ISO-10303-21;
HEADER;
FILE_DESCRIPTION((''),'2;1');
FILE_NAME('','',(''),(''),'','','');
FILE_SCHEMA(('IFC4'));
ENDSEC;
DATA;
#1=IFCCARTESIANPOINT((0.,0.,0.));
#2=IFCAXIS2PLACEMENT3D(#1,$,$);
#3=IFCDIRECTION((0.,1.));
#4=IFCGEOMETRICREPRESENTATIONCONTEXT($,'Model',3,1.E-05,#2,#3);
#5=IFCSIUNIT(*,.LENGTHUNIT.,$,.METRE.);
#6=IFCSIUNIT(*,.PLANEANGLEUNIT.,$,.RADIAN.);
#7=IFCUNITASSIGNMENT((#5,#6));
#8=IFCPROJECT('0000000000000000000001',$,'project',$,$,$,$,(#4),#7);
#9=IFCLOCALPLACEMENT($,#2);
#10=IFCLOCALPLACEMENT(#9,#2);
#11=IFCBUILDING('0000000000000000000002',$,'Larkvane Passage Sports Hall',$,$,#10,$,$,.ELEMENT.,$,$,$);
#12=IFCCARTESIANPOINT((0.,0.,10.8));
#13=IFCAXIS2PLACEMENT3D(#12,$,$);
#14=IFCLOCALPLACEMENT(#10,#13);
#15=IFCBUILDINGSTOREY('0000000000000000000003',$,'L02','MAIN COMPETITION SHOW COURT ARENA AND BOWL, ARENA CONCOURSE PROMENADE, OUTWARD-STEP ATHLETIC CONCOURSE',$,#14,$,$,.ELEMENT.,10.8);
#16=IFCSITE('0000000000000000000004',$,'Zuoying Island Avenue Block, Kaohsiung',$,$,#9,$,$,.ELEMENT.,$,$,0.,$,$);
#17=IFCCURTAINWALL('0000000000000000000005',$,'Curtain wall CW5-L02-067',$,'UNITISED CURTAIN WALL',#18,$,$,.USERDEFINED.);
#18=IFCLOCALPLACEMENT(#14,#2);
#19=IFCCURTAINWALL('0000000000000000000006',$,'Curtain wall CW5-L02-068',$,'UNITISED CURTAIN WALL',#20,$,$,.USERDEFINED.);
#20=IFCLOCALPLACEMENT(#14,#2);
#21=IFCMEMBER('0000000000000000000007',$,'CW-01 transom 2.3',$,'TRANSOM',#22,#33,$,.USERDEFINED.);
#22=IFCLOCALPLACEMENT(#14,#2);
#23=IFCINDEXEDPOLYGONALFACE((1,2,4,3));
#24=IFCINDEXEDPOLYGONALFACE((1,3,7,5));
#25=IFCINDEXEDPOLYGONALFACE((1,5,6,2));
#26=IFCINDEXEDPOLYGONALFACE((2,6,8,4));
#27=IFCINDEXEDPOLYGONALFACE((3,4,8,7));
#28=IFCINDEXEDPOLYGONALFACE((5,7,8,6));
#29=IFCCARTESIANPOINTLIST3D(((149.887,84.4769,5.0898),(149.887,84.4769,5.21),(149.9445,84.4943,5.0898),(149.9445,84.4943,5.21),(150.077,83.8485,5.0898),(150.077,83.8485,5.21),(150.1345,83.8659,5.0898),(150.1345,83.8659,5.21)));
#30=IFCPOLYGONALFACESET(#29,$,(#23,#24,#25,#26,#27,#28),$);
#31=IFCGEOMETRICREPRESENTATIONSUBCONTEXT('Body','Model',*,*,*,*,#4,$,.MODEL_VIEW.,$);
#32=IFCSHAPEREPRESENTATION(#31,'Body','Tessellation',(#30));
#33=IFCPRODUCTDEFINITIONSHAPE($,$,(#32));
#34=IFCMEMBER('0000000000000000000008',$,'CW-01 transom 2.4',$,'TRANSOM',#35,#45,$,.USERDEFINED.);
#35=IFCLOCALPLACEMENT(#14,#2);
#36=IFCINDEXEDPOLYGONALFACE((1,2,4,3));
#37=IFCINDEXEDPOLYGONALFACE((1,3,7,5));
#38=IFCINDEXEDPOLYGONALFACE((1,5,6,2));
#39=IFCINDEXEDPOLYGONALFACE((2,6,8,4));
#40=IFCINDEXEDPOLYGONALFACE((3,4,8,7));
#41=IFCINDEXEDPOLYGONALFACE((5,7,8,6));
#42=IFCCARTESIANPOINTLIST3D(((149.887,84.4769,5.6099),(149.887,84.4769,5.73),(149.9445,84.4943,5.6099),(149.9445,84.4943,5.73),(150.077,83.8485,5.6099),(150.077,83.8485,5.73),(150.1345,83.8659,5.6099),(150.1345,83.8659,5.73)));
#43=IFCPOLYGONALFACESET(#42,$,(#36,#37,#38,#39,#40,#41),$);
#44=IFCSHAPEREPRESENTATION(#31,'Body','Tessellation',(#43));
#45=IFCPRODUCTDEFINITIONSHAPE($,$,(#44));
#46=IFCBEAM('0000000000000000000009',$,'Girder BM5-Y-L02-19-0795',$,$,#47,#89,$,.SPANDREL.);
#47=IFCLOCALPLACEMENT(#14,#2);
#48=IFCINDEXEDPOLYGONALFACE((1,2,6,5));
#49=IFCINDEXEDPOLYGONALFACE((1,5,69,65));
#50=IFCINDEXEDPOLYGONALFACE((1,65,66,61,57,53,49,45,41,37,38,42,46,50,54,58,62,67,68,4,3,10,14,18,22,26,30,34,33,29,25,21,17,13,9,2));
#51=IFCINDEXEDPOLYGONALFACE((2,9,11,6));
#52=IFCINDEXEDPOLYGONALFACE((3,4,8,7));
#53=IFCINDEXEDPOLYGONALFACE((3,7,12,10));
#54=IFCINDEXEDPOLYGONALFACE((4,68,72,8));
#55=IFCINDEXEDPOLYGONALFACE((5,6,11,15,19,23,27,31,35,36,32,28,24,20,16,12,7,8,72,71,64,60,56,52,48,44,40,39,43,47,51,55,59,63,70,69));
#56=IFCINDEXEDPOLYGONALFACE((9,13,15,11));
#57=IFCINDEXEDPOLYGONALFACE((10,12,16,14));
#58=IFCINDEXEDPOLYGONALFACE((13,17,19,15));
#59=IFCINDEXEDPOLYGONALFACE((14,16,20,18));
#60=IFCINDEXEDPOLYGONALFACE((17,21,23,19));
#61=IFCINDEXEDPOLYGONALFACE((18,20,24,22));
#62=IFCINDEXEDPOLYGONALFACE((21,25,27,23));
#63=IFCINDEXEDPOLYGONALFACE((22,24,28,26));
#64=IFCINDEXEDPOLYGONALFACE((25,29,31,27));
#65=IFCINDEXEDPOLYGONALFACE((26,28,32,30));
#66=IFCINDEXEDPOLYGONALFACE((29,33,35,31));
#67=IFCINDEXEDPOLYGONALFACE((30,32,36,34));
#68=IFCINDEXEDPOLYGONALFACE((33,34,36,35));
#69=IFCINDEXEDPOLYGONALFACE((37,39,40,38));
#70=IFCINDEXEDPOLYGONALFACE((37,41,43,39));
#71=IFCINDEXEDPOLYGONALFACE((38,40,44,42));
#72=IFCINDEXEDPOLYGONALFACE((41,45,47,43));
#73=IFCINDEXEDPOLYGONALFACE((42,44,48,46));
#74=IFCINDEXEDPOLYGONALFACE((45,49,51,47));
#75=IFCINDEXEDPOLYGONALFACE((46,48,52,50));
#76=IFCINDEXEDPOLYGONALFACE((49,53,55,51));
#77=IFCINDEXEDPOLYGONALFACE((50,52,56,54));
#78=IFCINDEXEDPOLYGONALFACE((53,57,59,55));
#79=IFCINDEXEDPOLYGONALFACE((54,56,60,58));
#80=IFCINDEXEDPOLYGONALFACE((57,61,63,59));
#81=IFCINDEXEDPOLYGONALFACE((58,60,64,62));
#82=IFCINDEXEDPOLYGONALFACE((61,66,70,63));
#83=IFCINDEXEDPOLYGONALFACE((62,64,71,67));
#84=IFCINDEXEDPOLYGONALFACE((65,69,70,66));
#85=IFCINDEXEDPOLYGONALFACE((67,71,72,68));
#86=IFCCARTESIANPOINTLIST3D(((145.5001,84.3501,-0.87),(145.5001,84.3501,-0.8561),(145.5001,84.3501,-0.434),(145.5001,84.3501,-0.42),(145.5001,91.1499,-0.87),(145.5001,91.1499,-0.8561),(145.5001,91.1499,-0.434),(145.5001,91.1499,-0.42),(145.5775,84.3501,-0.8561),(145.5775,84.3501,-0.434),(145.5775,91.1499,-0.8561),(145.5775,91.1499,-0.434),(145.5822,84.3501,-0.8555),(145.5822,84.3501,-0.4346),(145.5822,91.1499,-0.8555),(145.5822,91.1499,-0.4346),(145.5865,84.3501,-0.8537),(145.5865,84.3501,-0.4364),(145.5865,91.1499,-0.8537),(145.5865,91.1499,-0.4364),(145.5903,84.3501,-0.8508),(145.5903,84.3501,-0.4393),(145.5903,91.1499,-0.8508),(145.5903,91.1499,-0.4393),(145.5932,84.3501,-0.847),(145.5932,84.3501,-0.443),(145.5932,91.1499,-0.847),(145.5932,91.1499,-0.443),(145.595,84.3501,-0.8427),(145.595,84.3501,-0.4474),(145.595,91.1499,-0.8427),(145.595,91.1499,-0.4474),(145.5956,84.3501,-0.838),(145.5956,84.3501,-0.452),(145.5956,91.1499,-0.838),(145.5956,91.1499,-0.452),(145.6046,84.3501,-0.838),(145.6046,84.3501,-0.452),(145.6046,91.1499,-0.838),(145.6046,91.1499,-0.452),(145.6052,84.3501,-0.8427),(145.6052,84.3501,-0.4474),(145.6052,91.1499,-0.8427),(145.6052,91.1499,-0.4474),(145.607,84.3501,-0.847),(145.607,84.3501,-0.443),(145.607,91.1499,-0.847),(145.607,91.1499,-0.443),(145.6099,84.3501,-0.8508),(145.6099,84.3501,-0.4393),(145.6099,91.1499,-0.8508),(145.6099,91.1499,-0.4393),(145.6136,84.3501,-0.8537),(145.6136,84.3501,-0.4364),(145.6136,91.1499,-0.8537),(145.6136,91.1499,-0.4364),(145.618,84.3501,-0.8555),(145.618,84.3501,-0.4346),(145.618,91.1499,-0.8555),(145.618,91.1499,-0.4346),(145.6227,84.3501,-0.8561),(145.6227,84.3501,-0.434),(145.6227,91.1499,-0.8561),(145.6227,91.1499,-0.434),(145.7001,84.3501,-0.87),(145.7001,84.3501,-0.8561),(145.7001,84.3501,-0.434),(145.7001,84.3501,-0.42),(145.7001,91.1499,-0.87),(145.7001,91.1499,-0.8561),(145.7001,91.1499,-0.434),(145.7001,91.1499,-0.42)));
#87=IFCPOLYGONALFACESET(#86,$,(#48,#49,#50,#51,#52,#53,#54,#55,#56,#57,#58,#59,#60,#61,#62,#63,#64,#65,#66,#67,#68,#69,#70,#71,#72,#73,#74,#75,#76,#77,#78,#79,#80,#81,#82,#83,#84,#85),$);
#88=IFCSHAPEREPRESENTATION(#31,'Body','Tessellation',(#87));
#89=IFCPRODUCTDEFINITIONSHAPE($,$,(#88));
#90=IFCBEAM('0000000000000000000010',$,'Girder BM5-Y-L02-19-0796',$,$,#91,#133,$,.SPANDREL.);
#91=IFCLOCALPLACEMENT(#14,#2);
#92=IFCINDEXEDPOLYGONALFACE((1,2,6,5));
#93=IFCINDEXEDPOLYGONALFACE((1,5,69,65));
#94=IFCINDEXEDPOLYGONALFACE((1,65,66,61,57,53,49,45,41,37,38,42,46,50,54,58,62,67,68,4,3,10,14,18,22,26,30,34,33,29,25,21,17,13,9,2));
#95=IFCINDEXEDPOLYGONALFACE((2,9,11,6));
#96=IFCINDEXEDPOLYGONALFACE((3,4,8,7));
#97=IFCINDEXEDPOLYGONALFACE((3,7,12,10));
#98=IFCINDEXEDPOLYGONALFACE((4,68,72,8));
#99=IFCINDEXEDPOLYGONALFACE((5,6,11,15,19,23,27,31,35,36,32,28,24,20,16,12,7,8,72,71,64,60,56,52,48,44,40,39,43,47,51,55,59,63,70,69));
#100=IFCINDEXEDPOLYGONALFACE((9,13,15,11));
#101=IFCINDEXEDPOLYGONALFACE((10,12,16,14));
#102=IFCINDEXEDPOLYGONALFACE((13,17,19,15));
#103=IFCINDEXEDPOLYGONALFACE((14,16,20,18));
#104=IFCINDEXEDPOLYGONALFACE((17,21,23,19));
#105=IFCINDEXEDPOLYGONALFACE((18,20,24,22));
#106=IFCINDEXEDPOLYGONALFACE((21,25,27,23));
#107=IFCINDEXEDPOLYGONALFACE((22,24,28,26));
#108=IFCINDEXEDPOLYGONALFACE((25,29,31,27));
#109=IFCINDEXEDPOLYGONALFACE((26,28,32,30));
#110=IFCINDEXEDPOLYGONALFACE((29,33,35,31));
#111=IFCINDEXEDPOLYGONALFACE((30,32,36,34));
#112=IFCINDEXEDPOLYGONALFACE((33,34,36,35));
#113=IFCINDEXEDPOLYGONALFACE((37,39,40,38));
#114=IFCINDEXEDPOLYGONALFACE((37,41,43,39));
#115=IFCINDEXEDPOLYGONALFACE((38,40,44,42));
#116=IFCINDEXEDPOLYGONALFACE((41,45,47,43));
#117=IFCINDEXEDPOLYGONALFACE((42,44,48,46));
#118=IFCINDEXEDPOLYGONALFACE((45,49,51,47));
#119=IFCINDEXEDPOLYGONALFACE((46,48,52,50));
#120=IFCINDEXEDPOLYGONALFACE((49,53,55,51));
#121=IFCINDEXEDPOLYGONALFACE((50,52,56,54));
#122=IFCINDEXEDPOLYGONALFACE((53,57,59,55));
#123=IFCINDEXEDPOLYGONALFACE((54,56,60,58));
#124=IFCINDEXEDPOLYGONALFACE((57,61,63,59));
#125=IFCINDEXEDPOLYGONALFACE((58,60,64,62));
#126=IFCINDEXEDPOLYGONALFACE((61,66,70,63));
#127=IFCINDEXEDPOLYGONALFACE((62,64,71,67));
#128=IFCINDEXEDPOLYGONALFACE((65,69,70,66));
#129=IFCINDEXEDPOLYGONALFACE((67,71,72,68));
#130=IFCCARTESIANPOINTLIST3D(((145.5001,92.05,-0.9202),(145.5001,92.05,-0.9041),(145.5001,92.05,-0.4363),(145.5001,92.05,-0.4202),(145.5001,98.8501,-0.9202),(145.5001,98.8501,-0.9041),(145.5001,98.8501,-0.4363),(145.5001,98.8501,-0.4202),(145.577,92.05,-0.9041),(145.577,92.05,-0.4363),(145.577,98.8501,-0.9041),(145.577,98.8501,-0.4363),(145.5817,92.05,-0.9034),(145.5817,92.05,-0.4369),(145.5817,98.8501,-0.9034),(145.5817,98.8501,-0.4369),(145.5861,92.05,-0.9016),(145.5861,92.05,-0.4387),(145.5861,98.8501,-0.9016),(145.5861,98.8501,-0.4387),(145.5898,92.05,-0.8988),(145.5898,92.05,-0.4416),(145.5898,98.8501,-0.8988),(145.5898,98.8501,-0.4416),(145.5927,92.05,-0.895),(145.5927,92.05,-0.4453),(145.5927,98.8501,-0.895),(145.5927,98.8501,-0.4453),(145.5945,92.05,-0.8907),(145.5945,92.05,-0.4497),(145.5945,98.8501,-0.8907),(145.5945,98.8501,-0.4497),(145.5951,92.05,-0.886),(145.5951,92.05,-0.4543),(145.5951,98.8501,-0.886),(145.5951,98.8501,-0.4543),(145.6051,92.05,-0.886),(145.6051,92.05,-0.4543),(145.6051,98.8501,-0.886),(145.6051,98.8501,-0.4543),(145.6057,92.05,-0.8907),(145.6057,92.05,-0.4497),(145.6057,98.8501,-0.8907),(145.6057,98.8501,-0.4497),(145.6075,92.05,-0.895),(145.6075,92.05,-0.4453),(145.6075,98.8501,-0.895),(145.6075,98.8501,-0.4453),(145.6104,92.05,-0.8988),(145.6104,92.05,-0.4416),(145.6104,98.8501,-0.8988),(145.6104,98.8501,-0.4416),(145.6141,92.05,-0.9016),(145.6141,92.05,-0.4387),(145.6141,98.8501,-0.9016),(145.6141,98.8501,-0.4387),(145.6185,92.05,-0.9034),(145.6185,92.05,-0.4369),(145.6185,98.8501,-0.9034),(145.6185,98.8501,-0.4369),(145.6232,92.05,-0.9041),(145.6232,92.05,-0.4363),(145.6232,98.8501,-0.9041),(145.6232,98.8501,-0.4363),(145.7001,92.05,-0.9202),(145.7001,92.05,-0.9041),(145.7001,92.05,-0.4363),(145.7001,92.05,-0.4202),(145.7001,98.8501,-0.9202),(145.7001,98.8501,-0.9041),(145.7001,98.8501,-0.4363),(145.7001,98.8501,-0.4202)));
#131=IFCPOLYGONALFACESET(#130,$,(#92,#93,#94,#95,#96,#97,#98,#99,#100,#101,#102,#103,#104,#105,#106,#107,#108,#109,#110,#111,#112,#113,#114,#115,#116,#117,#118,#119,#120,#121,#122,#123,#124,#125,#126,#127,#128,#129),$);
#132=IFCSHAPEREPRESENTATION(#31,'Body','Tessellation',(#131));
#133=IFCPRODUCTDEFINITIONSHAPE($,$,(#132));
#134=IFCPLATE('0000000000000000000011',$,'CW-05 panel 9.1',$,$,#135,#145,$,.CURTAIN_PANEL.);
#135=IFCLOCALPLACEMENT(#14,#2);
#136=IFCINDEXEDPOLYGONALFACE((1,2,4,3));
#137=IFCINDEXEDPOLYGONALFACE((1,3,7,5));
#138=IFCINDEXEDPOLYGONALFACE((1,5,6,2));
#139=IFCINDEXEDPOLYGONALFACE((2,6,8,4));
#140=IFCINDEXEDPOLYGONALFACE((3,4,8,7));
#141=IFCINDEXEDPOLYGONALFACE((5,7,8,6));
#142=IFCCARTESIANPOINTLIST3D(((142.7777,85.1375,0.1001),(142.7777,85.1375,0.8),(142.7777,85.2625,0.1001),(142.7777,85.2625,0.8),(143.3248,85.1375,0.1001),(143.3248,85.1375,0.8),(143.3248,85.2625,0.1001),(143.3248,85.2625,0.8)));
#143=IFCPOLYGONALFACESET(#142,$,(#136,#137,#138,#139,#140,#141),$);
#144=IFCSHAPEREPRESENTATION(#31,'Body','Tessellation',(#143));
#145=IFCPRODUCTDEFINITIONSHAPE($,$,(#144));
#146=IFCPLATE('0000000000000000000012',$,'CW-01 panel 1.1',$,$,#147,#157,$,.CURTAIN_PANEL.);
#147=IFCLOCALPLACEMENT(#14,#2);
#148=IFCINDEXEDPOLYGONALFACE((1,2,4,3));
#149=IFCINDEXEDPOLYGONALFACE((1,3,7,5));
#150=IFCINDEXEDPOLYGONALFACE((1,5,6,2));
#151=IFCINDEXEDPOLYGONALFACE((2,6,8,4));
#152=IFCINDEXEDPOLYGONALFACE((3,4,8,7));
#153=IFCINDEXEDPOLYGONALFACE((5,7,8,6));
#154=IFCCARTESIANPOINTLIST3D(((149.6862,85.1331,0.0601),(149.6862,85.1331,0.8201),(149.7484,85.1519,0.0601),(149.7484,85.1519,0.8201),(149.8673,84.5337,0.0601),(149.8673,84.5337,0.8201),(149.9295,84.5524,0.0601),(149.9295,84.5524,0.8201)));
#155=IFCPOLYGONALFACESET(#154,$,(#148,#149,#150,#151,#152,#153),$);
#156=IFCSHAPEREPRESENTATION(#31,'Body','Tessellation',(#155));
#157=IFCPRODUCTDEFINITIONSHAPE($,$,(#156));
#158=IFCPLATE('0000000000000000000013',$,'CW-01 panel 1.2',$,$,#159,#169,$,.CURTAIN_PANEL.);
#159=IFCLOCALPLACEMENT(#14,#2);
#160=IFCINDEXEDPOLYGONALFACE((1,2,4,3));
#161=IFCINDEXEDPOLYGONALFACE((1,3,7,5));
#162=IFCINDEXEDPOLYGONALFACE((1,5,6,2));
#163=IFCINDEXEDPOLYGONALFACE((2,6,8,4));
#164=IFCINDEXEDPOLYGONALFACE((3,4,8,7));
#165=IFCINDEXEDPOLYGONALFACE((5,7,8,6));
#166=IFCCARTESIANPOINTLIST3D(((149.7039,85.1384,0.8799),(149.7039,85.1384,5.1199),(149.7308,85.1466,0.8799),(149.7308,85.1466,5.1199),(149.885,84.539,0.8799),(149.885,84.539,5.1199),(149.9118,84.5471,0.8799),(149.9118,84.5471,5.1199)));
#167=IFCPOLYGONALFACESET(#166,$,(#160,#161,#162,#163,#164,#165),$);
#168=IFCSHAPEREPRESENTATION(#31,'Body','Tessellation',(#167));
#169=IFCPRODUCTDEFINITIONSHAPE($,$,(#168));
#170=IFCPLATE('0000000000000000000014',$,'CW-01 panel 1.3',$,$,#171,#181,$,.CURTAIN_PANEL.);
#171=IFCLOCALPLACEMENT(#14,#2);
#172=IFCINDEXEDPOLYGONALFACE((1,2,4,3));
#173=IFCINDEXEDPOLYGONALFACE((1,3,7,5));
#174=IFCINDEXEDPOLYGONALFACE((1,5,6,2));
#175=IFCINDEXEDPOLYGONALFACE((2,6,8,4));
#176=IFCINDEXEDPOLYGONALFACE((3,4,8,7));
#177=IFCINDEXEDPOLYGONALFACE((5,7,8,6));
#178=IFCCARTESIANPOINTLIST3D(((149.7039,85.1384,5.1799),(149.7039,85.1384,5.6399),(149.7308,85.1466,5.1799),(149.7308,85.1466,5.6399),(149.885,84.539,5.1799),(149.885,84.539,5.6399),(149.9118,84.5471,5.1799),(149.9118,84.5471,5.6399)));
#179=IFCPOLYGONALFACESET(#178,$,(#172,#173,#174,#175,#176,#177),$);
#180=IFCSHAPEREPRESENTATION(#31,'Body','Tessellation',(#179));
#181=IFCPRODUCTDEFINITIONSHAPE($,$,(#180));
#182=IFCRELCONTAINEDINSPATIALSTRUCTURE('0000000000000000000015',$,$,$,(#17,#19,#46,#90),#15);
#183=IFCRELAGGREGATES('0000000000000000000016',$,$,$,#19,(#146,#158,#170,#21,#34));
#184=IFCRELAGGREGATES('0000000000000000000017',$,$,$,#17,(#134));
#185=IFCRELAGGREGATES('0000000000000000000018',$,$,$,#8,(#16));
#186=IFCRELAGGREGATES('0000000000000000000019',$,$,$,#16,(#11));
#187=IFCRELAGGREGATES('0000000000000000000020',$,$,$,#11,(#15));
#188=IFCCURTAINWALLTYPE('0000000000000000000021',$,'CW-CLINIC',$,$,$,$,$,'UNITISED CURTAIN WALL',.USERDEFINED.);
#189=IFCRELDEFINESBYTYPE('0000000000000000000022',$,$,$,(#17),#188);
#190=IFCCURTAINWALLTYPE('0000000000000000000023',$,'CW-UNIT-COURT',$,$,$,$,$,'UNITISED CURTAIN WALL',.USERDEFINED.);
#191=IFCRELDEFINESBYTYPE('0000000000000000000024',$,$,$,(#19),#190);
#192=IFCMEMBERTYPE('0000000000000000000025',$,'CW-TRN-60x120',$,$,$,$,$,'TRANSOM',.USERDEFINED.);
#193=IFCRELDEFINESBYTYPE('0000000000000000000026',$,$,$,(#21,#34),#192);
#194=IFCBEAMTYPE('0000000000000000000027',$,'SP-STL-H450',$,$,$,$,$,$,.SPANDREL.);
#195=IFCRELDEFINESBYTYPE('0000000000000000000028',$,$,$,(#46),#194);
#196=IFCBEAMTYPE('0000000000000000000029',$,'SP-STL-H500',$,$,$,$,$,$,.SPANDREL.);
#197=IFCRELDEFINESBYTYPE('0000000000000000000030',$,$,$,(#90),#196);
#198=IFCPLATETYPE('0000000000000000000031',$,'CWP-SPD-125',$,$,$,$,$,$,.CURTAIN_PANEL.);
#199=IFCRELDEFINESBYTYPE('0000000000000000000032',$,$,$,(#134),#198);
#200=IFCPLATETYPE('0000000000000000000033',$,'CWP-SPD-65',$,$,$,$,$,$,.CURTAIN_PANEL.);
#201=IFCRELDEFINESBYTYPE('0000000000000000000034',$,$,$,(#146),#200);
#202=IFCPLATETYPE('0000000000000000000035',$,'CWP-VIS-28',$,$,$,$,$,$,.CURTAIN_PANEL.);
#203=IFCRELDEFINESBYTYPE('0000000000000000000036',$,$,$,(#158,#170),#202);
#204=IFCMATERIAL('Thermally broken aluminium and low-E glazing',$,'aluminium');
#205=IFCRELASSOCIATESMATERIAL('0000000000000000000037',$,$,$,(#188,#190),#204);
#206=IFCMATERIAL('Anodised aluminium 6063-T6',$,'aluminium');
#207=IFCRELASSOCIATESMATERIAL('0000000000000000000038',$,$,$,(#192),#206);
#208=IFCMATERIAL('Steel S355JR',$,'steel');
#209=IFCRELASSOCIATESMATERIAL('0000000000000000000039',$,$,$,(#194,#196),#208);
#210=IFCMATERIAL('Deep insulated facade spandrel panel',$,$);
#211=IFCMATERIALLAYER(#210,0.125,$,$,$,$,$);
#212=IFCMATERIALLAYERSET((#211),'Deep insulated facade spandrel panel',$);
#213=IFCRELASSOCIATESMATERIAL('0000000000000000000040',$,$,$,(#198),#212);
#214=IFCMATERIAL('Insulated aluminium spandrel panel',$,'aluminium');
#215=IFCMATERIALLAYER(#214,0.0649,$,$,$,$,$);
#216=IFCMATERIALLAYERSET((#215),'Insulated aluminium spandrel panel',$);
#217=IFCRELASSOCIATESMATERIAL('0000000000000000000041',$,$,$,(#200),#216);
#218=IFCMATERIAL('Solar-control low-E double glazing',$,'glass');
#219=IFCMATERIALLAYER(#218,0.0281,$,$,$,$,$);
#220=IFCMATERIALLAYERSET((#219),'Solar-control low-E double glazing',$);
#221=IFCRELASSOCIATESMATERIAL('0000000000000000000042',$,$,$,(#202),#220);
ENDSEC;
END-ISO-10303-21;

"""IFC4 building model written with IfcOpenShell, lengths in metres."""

from ifc_helpers import new_model, si_unit, direction, frame, origin, origin_2d, place, context, subcontext, project, spatial, rectangle, i_section, extrude, material, layer, layer_set, material_profile, profile_set, type_object, element, aggregate, save


model = new_model("IFC4")

# Units and contexts
model_context = context("Model", 3, precision=1e-05, world=origin(), true_north=direction((0.0, 1.0)))
body_context = subcontext(model_context, "Body", "Model", "MODEL_VIEW")
ifc_project = project(units=[si_unit("LENGTHUNIT", "METRE"), si_unit("PLANEANGLEUNIT", "RADIAN")], contexts=[model_context])

# Site, building, storey
site_placement = place(None, origin())
site = spatial("IfcSite", under=ifc_project, at=site_placement, Name="Zuoying Island Avenue Block, Kaohsiung", CompositionType="ELEMENT", RefElevation=0.0)
building_placement = place(site_placement, origin())
building = spatial("IfcBuilding", under=site, at=building_placement, Name="Larkvane Passage Sports Hall", CompositionType="ELEMENT")
storey_placement = place(building_placement, frame((0.0, 0.0, 10.8)))
storey = spatial("IfcBuildingStorey", under=building, at=storey_placement, Name="L02", Description="MAIN COMPETITION SHOW COURT ARENA AND BOWL, ARENA CONCOURSE PROMENADE, OUTWARD-STEP ATHLETIC CONCOURSE", CompositionType="ELEMENT", Elevation=10.8)

# Curtain walls
ifc_material_1 = material(Name="Thermally broken aluminium and low-E glazing", Category="aluminium")
curtain_wall_type_1 = type_object("IfcCurtainWallType", Name="CW-CLINIC", ElementType="UNITISED CURTAIN WALL", PredefinedType="USERDEFINED", material=ifc_material_1)
curtain_wall_1_placement = place(storey_placement, origin())
curtain_wall_1 = element("IfcCurtainWall", 1, at=curtain_wall_1_placement, inside=storey, type_object=curtain_wall_type_1, Name="Curtain wall CW5-L02-067", ObjectType="UNITISED CURTAIN WALL", PredefinedType="USERDEFINED")
ifc_material_2 = material(Name="Anodised aluminium 6063-T6", Category="aluminium")
curtain_wall_type_2 = type_object("IfcCurtainWallType", Name="CW-UNIT-COURT", ElementType="UNITISED CURTAIN WALL", PredefinedType="USERDEFINED", material=ifc_material_1)
curtain_wall_2_placement = place(storey_placement, origin())
curtain_wall_2 = element("IfcCurtainWall", 2, at=curtain_wall_2_placement, inside=storey, type_object=curtain_wall_type_2, Name="Curtain wall CW5-L02-068", ObjectType="UNITISED CURTAIN WALL", PredefinedType="USERDEFINED")

# Members
ifc_material_profile_1 = material_profile(ifc_material_2, rectangle(XDim=0.0601, YDim=0.1201, at=origin_2d()), Name="ALU-TRN-60x120")
ifc_profile_set_1 = profile_set([ifc_material_profile_1], Name="Anodised aluminium 6063-T6")
member_type_1 = type_object("IfcMemberType", Name="CW-TRN-60x120", ElementType="TRANSOM", PredefinedType="USERDEFINED", material=ifc_profile_set_1)
member_1_placement = place(storey_placement, frame((149.9158, 84.4856, 5.1499), z_axis=(0.289326, -0.957231, 0.0), x_axis=(0.957231, 0.289326, 0.0)))
member_1 = element("IfcMember", 3, at=member_1_placement, type_object=member_type_1, Name="CW-01 transom 2.3", ObjectType="TRANSOM", PredefinedType="USERDEFINED", context=body_context, shape_type="SweptSolid", body=[
    extrude(rectangle(XDim=0.0601, YDim=0.1201, at=origin_2d()), origin(), (0.0, 0.0, 1.0), 0.6565),
])
member_2_placement = place(storey_placement, frame((149.9158, 84.4856, 5.6699), z_axis=(0.289326, -0.957231, 0.0), x_axis=(0.957231, 0.289326, 0.0)))
member_2 = element("IfcMember", 4, at=member_2_placement, type_object=member_type_1, Name="CW-01 transom 2.4", ObjectType="TRANSOM", PredefinedType="USERDEFINED", context=body_context, shape_type="SweptSolid", body=[
    extrude(rectangle(XDim=0.0601, YDim=0.1201, at=origin_2d()), origin(), (0.0, 0.0, 1.0), 0.6565),
])

# Beams
ifc_material_3 = material(Name="Steel S355JR", Category="steel")
ifc_material_profile_2 = material_profile(ifc_material_3, i_section(OverallWidth=0.2, OverallDepth=0.45, WebThickness=0.009, FlangeThickness=0.0139, FilletRadius=0.0181, at=origin_2d()), Name="H-450x200x9x14")
ifc_profile_set_2 = profile_set([ifc_material_profile_2], Name="Steel S355JR")
beam_type_1 = type_object("IfcBeamType", Name="SP-STL-H450", PredefinedType="SPANDREL", material=ifc_profile_set_2)
beam_1_placement = place(storey_placement, frame((145.6001, 84.3501, -0.645), z_axis=(0.0, 1.0, 0.0), x_axis=(-1.0, 0.0, 0.0)))
element("IfcBeam", 5, at=beam_1_placement, inside=storey, type_object=beam_type_1, Name="Girder BM5-Y-L02-19-0795", PredefinedType="SPANDREL", context=body_context, shape_type="SweptSolid", body=[
    extrude(i_section(OverallWidth=0.2, OverallDepth=0.45, WebThickness=0.009, FlangeThickness=0.0139, FilletRadius=0.0181, at=origin_2d()), origin(), (0.0, 0.0, 1.0), 6.7998),
])
ifc_material_profile_3 = material_profile(ifc_material_3, i_section(OverallWidth=0.2, OverallDepth=0.5, WebThickness=0.01, FlangeThickness=0.0161, FilletRadius=0.0181, at=origin_2d()), Name="H-500x200x10x16")
ifc_profile_set_3 = profile_set([ifc_material_profile_3], Name="Steel S355JR")
beam_type_2 = type_object("IfcBeamType", Name="SP-STL-H500", PredefinedType="SPANDREL", material=ifc_profile_set_3)
beam_2_placement = place(storey_placement, frame((145.6001, 92.05, -0.6702), z_axis=(0.0, 1.0, 0.0), x_axis=(-1.0, 0.0, 0.0)))
element("IfcBeam", 6, at=beam_2_placement, inside=storey, type_object=beam_type_2, Name="Girder BM5-Y-L02-19-0796", PredefinedType="SPANDREL", context=body_context, shape_type="SweptSolid", body=[
    extrude(i_section(OverallWidth=0.2, OverallDepth=0.5, WebThickness=0.01, FlangeThickness=0.0161, FilletRadius=0.0181, at=origin_2d()), origin(), (0.0, 0.0, 1.0), 6.8),
])

# Plates
ifc_material_4 = material(Name="Deep insulated facade spandrel panel")
ifc_layer_1 = layer(ifc_material_4, 0.125)
ifc_layer_set_1 = layer_set([ifc_layer_1], Name="Deep insulated facade spandrel panel")
plate_type_1 = type_object("IfcPlateType", Name="CWP-SPD-125", PredefinedType="CURTAIN_PANEL", material=ifc_layer_set_1)
plate_1_placement = place(storey_placement, frame((143.0513, 85.2, 0.1001), z_axis=(0.0, 0.0, 1.0), x_axis=(1.0, 0.0, 0.0)))
plate_1 = element("IfcPlate", 7, at=plate_1_placement, type_object=plate_type_1, Name="CW-05 panel 9.1", PredefinedType="CURTAIN_PANEL", context=body_context, shape_type="SweptSolid", body=[
    extrude(rectangle(XDim=0.5471, YDim=0.125, at=origin_2d()), origin(), (0.0, 0.0, 1.0), 0.7),
])
ifc_material_5 = material(Name="Insulated aluminium spandrel panel", Category="aluminium")
ifc_layer_2 = layer(ifc_material_5, 0.0649)
ifc_layer_set_2 = layer_set([ifc_layer_2], Name="Insulated aluminium spandrel panel")
plate_type_2 = type_object("IfcPlateType", Name="CWP-SPD-65", PredefinedType="CURTAIN_PANEL", material=ifc_layer_set_2)
plate_2_placement = place(storey_placement, frame((149.8079, 84.8428, 0.0601), z_axis=(0.0, 0.0, 1.0), x_axis=(0.289177, -0.957276, 0.0)))
plate_2 = element("IfcPlate", 8, at=plate_2_placement, type_object=plate_type_2, Name="CW-01 panel 1.1", PredefinedType="CURTAIN_PANEL", context=body_context, shape_type="SweptSolid", body=[
    extrude(rectangle(XDim=0.6262, YDim=0.0649, at=origin_2d()), origin(), (0.0, 0.0, 1.0), 0.76),
])
ifc_material_6 = material(Name="Solar-control low-E double glazing", Category="glass")
ifc_layer_3 = layer(ifc_material_6, 0.0281)
ifc_layer_set_3 = layer_set([ifc_layer_3], Name="Solar-control low-E double glazing")
plate_type_3 = type_object("IfcPlateType", Name="CWP-VIS-28", PredefinedType="CURTAIN_PANEL", material=ifc_layer_set_3)
plate_3_placement = place(storey_placement, frame((149.8079, 84.8428, 0.8799), z_axis=(0.0, 0.0, 1.0), x_axis=(0.289177, -0.957276, 0.0)))
plate_3 = element("IfcPlate", 9, at=plate_3_placement, type_object=plate_type_3, Name="CW-01 panel 1.2", PredefinedType="CURTAIN_PANEL", context=body_context, shape_type="SweptSolid", body=[
    extrude(rectangle(XDim=0.6262, YDim=0.0281, at=origin_2d()), origin(), (0.0, 0.0, 1.0), 4.24),
])
plate_4_placement = place(storey_placement, frame((149.8079, 84.8428, 5.1799), z_axis=(0.0, 0.0, 1.0), x_axis=(0.289177, -0.957276, 0.0)))
plate_4 = element("IfcPlate", 10, at=plate_4_placement, type_object=plate_type_3, Name="CW-01 panel 1.3", PredefinedType="CURTAIN_PANEL", context=body_context, shape_type="SweptSolid", body=[
    extrude(rectangle(XDim=0.6262, YDim=0.0281, at=origin_2d()), origin(), (0.0, 0.0, 1.0), 0.46),
])
aggregate(curtain_wall_2, [plate_2, plate_3, plate_4, member_1, member_2])
aggregate(curtain_wall_1, [plate_1])

save(model, "model.ifc")
